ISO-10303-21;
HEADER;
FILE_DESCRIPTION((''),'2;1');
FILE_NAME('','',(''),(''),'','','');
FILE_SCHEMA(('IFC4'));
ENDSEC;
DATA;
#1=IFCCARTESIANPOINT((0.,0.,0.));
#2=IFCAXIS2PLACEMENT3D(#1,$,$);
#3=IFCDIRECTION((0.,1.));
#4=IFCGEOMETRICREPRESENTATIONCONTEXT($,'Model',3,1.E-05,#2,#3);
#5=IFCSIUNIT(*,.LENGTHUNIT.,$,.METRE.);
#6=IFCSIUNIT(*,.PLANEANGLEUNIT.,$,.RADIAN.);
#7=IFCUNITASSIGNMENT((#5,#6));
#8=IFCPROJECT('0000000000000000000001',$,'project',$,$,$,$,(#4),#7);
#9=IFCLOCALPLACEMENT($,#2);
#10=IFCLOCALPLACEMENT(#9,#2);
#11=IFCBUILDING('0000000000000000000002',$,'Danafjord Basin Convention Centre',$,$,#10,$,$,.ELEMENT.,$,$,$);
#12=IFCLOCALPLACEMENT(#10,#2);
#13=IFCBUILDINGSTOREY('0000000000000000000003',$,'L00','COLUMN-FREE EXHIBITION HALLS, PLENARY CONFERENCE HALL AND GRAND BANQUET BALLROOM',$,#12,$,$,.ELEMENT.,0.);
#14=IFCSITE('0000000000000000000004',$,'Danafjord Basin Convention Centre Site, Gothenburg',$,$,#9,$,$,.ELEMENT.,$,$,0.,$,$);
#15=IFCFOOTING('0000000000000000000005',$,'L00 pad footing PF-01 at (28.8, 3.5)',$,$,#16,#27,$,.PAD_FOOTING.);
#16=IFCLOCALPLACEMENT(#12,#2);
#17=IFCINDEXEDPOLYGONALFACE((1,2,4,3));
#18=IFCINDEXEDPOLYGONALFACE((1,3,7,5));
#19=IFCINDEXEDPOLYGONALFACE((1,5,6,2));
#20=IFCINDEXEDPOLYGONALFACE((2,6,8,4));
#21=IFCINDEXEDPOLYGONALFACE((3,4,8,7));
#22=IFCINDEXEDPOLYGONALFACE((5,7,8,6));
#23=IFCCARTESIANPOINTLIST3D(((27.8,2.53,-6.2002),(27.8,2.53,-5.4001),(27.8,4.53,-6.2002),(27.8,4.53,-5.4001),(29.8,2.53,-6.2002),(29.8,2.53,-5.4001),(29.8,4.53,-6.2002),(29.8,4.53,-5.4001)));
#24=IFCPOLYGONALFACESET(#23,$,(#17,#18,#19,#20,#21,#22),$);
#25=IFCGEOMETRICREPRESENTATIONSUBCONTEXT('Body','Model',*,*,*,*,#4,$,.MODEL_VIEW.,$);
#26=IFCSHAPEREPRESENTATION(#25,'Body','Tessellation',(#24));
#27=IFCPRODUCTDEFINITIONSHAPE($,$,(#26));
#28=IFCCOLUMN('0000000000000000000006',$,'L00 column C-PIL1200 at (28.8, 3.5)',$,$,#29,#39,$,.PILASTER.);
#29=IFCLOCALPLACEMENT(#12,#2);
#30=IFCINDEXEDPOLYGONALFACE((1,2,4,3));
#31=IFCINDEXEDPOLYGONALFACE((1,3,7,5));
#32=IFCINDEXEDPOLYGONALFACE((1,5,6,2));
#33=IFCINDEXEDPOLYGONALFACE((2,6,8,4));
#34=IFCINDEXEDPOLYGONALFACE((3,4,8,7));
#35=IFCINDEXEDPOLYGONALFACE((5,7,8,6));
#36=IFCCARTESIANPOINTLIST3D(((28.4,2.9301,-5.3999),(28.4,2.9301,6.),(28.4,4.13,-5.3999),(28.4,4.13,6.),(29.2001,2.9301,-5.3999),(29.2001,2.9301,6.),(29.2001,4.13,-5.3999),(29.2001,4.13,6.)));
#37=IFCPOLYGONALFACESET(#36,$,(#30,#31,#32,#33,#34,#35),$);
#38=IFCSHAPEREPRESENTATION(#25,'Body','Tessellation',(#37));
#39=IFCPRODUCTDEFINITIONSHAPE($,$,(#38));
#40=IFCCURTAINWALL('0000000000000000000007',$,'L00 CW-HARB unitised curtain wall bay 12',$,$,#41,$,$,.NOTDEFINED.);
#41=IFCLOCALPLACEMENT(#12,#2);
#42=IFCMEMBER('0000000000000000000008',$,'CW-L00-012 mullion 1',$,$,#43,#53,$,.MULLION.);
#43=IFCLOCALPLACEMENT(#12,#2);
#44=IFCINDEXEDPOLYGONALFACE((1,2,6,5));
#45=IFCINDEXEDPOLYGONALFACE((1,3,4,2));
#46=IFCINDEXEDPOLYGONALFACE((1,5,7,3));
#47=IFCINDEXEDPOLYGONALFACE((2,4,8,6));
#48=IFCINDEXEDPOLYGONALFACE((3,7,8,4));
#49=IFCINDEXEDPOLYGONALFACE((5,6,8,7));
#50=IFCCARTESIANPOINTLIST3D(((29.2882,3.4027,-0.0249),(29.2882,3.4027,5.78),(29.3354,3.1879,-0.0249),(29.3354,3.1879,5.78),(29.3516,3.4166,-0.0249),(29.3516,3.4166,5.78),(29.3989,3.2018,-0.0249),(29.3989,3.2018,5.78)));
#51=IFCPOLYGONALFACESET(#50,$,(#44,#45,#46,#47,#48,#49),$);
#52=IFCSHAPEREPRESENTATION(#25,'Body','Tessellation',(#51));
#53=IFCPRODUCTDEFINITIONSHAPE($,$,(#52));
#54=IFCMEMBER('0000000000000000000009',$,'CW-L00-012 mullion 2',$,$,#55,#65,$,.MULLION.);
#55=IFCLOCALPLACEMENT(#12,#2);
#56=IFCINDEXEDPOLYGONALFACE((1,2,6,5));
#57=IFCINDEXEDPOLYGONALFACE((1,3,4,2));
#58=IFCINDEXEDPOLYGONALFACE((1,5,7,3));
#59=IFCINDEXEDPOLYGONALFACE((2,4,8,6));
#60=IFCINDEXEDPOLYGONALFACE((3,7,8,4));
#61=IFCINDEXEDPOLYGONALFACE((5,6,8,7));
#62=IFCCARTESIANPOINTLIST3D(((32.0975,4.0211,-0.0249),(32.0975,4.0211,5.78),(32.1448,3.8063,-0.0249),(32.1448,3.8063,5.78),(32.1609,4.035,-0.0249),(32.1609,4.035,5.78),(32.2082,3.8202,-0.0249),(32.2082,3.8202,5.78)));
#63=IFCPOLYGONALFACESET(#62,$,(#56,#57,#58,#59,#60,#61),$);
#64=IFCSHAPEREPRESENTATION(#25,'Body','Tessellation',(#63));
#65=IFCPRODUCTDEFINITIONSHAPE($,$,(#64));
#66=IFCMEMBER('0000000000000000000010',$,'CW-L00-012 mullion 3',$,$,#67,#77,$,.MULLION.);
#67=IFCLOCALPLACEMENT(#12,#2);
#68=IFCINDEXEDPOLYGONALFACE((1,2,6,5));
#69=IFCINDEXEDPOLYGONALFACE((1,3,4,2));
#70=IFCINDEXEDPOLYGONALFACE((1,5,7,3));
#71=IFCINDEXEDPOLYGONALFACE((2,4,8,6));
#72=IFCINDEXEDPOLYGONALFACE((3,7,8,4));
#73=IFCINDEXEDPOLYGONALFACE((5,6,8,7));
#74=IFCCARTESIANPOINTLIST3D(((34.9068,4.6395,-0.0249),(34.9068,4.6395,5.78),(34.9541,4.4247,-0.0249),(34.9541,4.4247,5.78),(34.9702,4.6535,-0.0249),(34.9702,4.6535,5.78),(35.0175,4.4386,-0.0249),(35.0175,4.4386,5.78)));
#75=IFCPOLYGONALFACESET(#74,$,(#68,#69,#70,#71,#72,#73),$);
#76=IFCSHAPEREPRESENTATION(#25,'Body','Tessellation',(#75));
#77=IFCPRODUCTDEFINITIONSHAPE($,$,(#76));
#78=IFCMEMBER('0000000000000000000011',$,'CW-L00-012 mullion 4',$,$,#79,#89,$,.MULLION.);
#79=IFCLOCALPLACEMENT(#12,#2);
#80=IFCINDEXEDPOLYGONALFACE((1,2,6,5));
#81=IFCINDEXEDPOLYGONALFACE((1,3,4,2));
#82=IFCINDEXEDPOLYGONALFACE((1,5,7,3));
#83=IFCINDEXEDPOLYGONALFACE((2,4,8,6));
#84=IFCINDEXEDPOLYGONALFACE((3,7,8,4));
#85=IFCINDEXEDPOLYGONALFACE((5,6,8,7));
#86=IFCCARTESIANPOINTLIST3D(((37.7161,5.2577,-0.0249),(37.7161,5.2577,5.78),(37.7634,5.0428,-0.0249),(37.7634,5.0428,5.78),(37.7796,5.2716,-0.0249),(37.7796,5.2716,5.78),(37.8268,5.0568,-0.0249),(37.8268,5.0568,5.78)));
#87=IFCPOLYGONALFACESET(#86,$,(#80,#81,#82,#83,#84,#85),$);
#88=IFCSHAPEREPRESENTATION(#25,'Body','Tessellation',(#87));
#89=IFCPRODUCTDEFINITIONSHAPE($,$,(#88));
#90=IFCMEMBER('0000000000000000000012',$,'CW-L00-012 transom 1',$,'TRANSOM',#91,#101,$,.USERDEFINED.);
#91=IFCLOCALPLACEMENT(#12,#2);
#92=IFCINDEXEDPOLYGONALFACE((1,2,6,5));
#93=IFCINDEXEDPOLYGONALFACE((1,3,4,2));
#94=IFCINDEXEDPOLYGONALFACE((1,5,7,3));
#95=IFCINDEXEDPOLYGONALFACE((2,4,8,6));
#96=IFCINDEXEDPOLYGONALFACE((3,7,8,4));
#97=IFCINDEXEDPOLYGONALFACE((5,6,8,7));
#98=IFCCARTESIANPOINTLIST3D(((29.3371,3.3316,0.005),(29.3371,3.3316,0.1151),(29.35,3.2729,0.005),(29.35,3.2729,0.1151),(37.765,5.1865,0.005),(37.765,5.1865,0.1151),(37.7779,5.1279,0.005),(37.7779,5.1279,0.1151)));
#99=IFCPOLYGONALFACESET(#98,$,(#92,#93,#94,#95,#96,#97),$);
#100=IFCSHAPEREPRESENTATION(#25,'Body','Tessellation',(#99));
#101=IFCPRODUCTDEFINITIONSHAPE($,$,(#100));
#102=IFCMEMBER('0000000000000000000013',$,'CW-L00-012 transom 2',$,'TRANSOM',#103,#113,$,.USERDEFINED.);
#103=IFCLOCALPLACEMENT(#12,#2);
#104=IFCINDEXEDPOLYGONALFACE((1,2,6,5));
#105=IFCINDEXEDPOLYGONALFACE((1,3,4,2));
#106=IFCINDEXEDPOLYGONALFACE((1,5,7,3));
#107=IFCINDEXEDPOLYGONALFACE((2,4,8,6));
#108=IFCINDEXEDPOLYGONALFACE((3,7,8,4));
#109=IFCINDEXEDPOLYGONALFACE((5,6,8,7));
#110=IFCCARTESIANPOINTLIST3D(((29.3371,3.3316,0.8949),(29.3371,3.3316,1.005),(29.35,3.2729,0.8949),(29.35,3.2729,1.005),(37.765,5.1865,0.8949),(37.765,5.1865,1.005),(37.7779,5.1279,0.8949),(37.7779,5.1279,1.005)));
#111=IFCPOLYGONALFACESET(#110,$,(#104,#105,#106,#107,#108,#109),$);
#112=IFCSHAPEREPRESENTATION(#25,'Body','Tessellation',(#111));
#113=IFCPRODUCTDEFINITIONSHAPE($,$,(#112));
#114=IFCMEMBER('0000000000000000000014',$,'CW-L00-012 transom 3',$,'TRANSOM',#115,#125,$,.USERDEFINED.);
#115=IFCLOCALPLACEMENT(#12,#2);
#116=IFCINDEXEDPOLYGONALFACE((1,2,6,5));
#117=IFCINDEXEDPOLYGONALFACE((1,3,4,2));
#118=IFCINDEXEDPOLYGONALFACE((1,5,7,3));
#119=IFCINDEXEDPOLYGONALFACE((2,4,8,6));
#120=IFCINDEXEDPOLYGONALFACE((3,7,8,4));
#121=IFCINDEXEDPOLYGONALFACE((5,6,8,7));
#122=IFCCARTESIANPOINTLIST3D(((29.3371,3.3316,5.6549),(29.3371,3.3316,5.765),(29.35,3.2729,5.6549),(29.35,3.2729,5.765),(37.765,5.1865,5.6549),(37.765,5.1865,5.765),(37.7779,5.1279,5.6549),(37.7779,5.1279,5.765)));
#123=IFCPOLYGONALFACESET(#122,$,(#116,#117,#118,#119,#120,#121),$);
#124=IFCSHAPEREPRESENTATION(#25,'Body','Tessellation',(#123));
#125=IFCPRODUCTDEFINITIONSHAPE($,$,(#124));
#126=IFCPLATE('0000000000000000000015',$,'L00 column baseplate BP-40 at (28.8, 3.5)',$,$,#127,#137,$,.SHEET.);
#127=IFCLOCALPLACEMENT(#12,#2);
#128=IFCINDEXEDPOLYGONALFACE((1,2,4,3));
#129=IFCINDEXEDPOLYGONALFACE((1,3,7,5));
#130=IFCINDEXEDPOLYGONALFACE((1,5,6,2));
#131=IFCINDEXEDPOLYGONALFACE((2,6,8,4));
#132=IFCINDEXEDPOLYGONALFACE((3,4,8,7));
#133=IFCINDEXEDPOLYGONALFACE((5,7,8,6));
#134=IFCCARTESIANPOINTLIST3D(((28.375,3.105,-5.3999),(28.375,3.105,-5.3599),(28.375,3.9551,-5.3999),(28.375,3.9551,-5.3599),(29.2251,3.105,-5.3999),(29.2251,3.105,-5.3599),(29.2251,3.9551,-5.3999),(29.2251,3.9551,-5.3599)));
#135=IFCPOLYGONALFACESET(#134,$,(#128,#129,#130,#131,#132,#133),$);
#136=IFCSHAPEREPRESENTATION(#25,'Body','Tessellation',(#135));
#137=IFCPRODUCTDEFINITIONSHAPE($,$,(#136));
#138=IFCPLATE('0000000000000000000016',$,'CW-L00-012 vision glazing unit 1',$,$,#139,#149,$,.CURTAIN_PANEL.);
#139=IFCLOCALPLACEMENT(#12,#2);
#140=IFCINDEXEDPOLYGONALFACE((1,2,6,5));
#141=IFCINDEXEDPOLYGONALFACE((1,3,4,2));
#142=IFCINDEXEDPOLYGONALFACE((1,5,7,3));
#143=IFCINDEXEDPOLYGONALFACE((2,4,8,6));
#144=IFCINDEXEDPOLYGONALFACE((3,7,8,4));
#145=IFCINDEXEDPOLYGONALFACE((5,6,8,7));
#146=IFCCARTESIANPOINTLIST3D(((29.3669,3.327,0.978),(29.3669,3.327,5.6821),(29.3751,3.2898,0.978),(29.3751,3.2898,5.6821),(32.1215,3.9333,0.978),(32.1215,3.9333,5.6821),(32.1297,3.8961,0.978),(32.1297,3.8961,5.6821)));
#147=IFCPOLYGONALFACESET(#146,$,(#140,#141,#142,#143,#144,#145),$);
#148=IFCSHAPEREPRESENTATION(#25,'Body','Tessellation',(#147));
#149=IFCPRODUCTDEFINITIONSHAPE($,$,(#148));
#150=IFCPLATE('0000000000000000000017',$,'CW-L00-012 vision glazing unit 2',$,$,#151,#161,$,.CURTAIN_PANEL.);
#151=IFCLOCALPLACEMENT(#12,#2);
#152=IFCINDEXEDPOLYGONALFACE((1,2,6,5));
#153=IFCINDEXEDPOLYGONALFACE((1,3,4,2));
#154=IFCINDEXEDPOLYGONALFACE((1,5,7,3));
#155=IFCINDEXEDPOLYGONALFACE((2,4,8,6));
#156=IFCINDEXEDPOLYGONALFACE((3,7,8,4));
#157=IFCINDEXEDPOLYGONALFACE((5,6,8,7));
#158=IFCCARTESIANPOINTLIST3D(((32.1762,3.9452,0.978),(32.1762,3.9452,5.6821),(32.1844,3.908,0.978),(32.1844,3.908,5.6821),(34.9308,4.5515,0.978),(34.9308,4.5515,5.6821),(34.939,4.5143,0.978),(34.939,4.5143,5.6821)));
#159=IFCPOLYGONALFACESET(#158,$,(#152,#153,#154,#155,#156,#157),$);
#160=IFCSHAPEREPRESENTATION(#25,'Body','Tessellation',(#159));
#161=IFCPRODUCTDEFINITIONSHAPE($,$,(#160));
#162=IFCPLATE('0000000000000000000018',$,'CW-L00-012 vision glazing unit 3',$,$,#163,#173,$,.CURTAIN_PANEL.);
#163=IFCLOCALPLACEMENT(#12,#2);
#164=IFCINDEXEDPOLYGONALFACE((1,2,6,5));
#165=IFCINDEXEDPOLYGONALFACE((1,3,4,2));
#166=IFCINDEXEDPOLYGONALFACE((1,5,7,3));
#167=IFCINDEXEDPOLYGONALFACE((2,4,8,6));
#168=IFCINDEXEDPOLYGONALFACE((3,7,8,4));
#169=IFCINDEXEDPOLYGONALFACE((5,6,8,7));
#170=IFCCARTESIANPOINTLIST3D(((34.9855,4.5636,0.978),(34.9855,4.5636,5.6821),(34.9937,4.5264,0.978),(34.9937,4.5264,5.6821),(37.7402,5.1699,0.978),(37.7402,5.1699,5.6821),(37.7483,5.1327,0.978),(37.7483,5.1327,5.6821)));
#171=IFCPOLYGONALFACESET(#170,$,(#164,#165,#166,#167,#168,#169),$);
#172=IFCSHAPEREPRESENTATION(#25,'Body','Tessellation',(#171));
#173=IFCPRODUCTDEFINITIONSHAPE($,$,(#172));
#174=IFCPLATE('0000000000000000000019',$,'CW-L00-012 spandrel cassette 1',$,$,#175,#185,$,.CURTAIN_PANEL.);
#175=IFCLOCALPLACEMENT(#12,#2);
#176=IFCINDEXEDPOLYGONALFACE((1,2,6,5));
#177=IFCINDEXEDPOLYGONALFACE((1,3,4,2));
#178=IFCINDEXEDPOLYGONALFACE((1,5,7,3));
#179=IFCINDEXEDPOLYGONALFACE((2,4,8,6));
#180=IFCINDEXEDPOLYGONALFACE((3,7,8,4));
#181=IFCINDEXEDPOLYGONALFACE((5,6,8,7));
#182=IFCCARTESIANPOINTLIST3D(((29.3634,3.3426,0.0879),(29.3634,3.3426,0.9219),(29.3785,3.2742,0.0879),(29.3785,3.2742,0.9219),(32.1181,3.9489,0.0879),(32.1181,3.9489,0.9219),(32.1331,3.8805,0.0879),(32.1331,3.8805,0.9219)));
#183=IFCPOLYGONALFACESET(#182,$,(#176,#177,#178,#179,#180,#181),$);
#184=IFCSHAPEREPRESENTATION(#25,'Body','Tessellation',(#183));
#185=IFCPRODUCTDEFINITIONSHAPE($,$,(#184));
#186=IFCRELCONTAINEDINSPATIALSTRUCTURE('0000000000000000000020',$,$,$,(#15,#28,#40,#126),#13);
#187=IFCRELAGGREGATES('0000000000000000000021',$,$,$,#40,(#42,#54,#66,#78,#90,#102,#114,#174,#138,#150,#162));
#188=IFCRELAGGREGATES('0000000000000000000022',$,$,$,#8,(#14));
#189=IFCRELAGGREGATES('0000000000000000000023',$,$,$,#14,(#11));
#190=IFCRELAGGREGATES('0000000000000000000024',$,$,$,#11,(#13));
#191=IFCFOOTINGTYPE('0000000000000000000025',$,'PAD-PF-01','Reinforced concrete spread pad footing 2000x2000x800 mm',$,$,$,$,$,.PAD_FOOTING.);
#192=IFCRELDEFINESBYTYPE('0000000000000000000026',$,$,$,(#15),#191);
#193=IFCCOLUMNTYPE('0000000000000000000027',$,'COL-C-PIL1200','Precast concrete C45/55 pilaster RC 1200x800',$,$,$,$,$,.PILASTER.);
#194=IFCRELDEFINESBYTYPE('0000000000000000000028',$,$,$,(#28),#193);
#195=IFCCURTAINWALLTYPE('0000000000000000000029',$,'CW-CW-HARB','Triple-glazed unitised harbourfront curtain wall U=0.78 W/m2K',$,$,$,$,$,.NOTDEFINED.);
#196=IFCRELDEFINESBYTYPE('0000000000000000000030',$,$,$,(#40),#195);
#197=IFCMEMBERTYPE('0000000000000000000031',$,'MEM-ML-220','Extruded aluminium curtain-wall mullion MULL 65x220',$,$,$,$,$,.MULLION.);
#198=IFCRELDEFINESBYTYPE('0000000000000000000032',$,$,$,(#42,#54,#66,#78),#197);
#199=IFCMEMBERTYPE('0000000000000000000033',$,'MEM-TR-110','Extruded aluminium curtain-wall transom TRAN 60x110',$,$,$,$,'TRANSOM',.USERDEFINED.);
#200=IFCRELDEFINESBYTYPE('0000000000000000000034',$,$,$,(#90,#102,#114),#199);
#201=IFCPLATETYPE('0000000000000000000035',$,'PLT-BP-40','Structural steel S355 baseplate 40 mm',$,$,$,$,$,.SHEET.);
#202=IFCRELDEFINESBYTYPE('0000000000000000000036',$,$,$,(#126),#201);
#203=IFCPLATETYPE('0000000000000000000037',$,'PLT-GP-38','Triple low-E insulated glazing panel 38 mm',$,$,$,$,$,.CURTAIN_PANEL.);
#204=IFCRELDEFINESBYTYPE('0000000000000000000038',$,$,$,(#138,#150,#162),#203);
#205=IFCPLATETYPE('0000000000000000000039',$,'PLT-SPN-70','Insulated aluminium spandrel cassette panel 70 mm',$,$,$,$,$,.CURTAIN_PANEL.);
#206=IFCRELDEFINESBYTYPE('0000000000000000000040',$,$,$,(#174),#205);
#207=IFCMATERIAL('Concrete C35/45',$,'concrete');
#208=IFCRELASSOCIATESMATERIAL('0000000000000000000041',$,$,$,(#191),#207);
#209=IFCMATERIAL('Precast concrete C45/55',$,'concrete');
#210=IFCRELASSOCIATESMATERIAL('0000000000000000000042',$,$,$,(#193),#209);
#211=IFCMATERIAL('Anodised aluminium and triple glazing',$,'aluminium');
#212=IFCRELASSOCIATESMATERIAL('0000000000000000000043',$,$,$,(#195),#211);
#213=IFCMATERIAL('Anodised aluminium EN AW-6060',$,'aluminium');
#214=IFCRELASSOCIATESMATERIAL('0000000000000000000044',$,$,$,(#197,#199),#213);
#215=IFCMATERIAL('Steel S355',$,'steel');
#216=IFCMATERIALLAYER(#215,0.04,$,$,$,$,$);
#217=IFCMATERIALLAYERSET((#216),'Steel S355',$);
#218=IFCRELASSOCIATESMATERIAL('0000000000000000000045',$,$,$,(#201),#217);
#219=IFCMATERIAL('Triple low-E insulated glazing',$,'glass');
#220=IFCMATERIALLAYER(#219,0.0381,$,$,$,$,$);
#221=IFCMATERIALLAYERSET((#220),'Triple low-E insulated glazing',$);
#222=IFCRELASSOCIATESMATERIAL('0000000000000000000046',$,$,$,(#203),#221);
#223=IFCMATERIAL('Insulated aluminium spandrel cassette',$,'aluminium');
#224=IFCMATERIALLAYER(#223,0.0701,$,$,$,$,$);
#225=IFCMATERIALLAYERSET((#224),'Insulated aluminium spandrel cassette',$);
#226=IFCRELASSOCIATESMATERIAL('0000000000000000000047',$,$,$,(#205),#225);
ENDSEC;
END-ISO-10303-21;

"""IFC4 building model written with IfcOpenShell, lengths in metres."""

from ifc_helpers import new_model, si_unit, direction, frame, origin, origin_2d, place, context, subcontext, project, spatial, rectangle, extrude, material, layer, layer_set, material_profile, profile_set, type_object, element, aggregate, save


model = new_model("IFC4")

# Units and contexts
model_context = context("Model", 3, precision=1e-05, world=origin(), true_north=direction((0.0, 1.0)))
body_context = subcontext(model_context, "Body", "Model", "MODEL_VIEW")
ifc_project = project(units=[si_unit("LENGTHUNIT", "METRE"), si_unit("PLANEANGLEUNIT", "RADIAN")], contexts=[model_context])

# Site, building, storey
site_placement = place(None, origin())
site = spatial("IfcSite", under=ifc_project, at=site_placement, Name="Danafjord Basin Convention Centre Site, Gothenburg", CompositionType="ELEMENT", RefElevation=0.0)
building_placement = place(site_placement, origin())
building = spatial("IfcBuilding", under=site, at=building_placement, Name="Danafjord Basin Convention Centre", CompositionType="ELEMENT")
storey_placement = place(building_placement, origin())
storey = spatial("IfcBuildingStorey", under=building, at=storey_placement, Name="L00", Description="COLUMN-FREE EXHIBITION HALLS, PLENARY CONFERENCE HALL AND GRAND BANQUET BALLROOM", CompositionType="ELEMENT", Elevation=0.0)

# Footing
ifc_material_1 = material(Name="Concrete C35/45", Category="concrete")
footing_type = type_object("IfcFootingType", Name="PAD-PF-01", Description="Reinforced concrete spread pad footing 2000x2000x800 mm", PredefinedType="PAD_FOOTING", material=ifc_material_1)
footing_placement = place(storey_placement, frame((28.8, 3.53, -6.2002), z_axis=(0.0, 0.0, 1.0), x_axis=(1.0, 0.0, 0.0)))
element("IfcFooting", 1, at=footing_placement, inside=storey, type_object=footing_type, Name="L00 pad footing PF-01 at (28.8, 3.5)", PredefinedType="PAD_FOOTING", context=body_context, shape_type="SweptSolid", body=[
    extrude(rectangle(XDim=2.0, YDim=2.0, at=origin_2d()), origin(), (0.0, 0.0, 1.0), 0.8),
])

# Column
ifc_material_2 = material(Name="Precast concrete C45/55", Category="concrete")
ifc_material_profile_1 = material_profile(ifc_material_2, rectangle(XDim=0.8, YDim=1.2, at=origin_2d()), Name="RC 1200x800")
ifc_profile_set_1 = profile_set([ifc_material_profile_1], Name="Precast concrete C45/55")
column_type = type_object("IfcColumnType", Name="COL-C-PIL1200", Description="Precast concrete C45/55 pilaster RC 1200x800", PredefinedType="PILASTER", material=ifc_profile_set_1)
column_placement = place(storey_placement, frame((28.8, 3.53, -5.3999), z_axis=(0.0, 0.0, 1.0), x_axis=(1.0, 0.0, 0.0)))
element("IfcColumn", 2, at=column_placement, inside=storey, type_object=column_type, Name="L00 column C-PIL1200 at (28.8, 3.5)", PredefinedType="PILASTER", context=body_context, shape_type="SweptSolid", body=[
    extrude(rectangle(XDim=0.8, YDim=1.2, at=origin_2d()), origin(), (0.0, 0.0, 1.0), 11.3999),
])

# Curtain wall, members
ifc_material_3 = material(Name="Anodised aluminium and triple glazing", Category="aluminium")
curtain_wall_type = type_object("IfcCurtainWallType", Name="CW-CW-HARB", Description="Triple-glazed unitised harbourfront curtain wall U=0.78 W/m2K", PredefinedType="NOTDEFINED", material=ifc_material_3)
curtain_wall_placement = place(storey_placement, origin())
curtain_wall = element("IfcCurtainWall", 3, at=curtain_wall_placement, inside=storey, type_object=curtain_wall_type, Name="L00 CW-HARB unitised curtain wall bay 12", PredefinedType="NOTDEFINED")
ifc_material_4 = material(Name="Anodised aluminium EN AW-6060", Category="aluminium")
ifc_material_profile_2 = material_profile(ifc_material_4, rectangle(XDim=0.0649, YDim=0.22, at=origin_2d()), Name="MULL 65x220")
ifc_profile_set_2 = profile_set([ifc_material_profile_2], Name="Anodised aluminium EN AW-6060")
member_type_1 = type_object("IfcMemberType", Name="MEM-ML-220", Description="Extruded aluminium curtain-wall mullion MULL 65x220", PredefinedType="MULLION", material=ifc_profile_set_2)
member_1_placement = place(storey_placement, frame((29.3435, 3.3022, -0.0249), z_axis=(0.0, 0.0, 1.0), x_axis=(0.976623, 0.214959, 0.0)))
member_1 = element("IfcMember", 4, at=member_1_placement, type_object=member_type_1, Name="CW-L00-012 mullion 1", PredefinedType="MULLION", context=body_context, shape_type="SweptSolid", body=[
    extrude(rectangle(XDim=0.0649, YDim=0.22, at=origin_2d()), origin(), (0.0, 0.0, 1.0), 5.8049),
])
member_2_placement = place(storey_placement, frame((32.1528, 3.9207, -0.0249), z_axis=(0.0, 0.0, 1.0), x_axis=(0.976623, 0.214959, 0.0)))
member_2 = element("IfcMember", 5, at=member_2_placement, type_object=member_type_1, Name="CW-L00-012 mullion 2", PredefinedType="MULLION", context=body_context, shape_type="SweptSolid", body=[
    extrude(rectangle(XDim=0.0649, YDim=0.22, at=origin_2d()), origin(), (0.0, 0.0, 1.0), 5.8049),
])
member_3_placement = place(storey_placement, frame((34.9622, 4.5391, -0.0249), z_axis=(0.0, 0.0, 1.0), x_axis=(0.976623, 0.214959, 0.0)))
member_3 = element("IfcMember", 6, at=member_3_placement, type_object=member_type_1, Name="CW-L00-012 mullion 3", PredefinedType="MULLION", context=body_context, shape_type="SweptSolid", body=[
    extrude(rectangle(XDim=0.0649, YDim=0.22, at=origin_2d()), origin(), (0.0, 0.0, 1.0), 5.8049),
])
member_4_placement = place(storey_placement, frame((37.7715, 5.1572, -0.0249), z_axis=(0.0, 0.0, 1.0), x_axis=(0.976623, 0.214959, 0.0)))
member_4 = element("IfcMember", 7, at=member_4_placement, type_object=member_type_1, Name="CW-L00-012 mullion 4", PredefinedType="MULLION", context=body_context, shape_type="SweptSolid", body=[
    extrude(rectangle(XDim=0.0649, YDim=0.22, at=origin_2d()), origin(), (0.0, 0.0, 1.0), 5.8049),
])
ifc_material_profile_3 = material_profile(ifc_material_4, rectangle(XDim=0.0601, YDim=0.1101, at=origin_2d()), Name="TRAN 60x110")
ifc_profile_set_3 = profile_set([ifc_material_profile_3], Name="Anodised aluminium EN AW-6060")
member_type_2 = type_object("IfcMemberType", Name="MEM-TR-110", Description="Extruded aluminium curtain-wall transom TRAN 60x110", ElementType="TRANSOM", PredefinedType="USERDEFINED", material=ifc_profile_set_3)
member_5_placement = place(storey_placement, frame((29.3435, 3.3022, 0.0601), z_axis=(0.976624, 0.214953, 0.0), x_axis=(-0.214953, 0.976624, 0.0)))
member_5 = element("IfcMember", 8, at=member_5_placement, type_object=member_type_2, Name="CW-L00-012 transom 1", ObjectType="TRANSOM", PredefinedType="USERDEFINED", context=body_context, shape_type="SweptSolid", body=[
    extrude(rectangle(XDim=0.0601, YDim=0.1101, at=origin_2d()), origin(), (0.0, 0.0, 1.0), 8.6296),
])
member_6_placement = place(storey_placement, frame((29.3435, 3.3022, 0.95), z_axis=(0.976624, 0.214953, 0.0), x_axis=(-0.214953, 0.976624, 0.0)))
member_6 = element("IfcMember", 9, at=member_6_placement, type_object=member_type_2, Name="CW-L00-012 transom 2", ObjectType="TRANSOM", PredefinedType="USERDEFINED", context=body_context, shape_type="SweptSolid", body=[
    extrude(rectangle(XDim=0.0601, YDim=0.1101, at=origin_2d()), origin(), (0.0, 0.0, 1.0), 8.6296),
])
member_7_placement = place(storey_placement, frame((29.3435, 3.3022, 5.71), z_axis=(0.976624, 0.214953, 0.0), x_axis=(-0.214953, 0.976624, 0.0)))
member_7 = element("IfcMember", 10, at=member_7_placement, type_object=member_type_2, Name="CW-L00-012 transom 3", ObjectType="TRANSOM", PredefinedType="USERDEFINED", context=body_context, shape_type="SweptSolid", body=[
    extrude(rectangle(XDim=0.0601, YDim=0.1101, at=origin_2d()), origin(), (0.0, 0.0, 1.0), 8.6296),
])

# Plates
ifc_material_5 = material(Name="Steel S355", Category="steel")
ifc_layer_1 = layer(ifc_material_5, 0.04)
ifc_layer_set_1 = layer_set([ifc_layer_1], Name="Steel S355")
plate_type_1 = type_object("IfcPlateType", Name="PLT-BP-40", Description="Structural steel S355 baseplate 40 mm", PredefinedType="SHEET", material=ifc_layer_set_1)
plate_1_placement = place(storey_placement, frame((28.8, 3.53, -5.3999), z_axis=(0.0, 0.0, 1.0), x_axis=(1.0, 0.0, 0.0)))
element("IfcPlate", 11, at=plate_1_placement, inside=storey, type_object=plate_type_1, Name="L00 column baseplate BP-40 at (28.8, 3.5)", PredefinedType="SHEET", context=body_context, shape_type="SweptSolid", body=[
    extrude(rectangle(XDim=0.8501, YDim=0.8501, at=origin_2d()), origin(), (0.0, 0.0, 1.0), 0.04),
])
ifc_material_6 = material(Name="Triple low-E insulated glazing", Category="glass")
ifc_layer_2 = layer(ifc_material_6, 0.0381)
ifc_layer_set_2 = layer_set([ifc_layer_2], Name="Triple low-E insulated glazing")
plate_type_2 = type_object("IfcPlateType", Name="PLT-GP-38", Description="Triple low-E insulated glazing panel 38 mm", PredefinedType="CURTAIN_PANEL", material=ifc_layer_set_2)
plate_2_placement = place(storey_placement, frame((30.7483, 3.6116, 0.978), z_axis=(0.0, 0.0, 1.0), x_axis=(0.976623, 0.214959, 0.0)))
plate_2 = element("IfcPlate", 12, at=plate_2_placement, type_object=plate_type_2, Name="CW-L00-012 vision glazing unit 1", PredefinedType="CURTAIN_PANEL", context=body_context, shape_type="SweptSolid", body=[
    extrude(rectangle(XDim=2.8206, YDim=0.0381, at=origin_2d()), origin(), (0.0, 0.0, 1.0), 4.7041),
])
plate_3_placement = place(storey_placement, frame((33.5576, 4.2297, 0.978), z_axis=(0.0, 0.0, 1.0), x_axis=(0.976623, 0.214959, 0.0)))
plate_3 = element("IfcPlate", 13, at=plate_3_placement, type_object=plate_type_2, Name="CW-L00-012 vision glazing unit 2", PredefinedType="CURTAIN_PANEL", context=body_context, shape_type="SweptSolid", body=[
    extrude(rectangle(XDim=2.8206, YDim=0.0381, at=origin_2d()), origin(), (0.0, 0.0, 1.0), 4.7041),
])
plate_4_placement = place(storey_placement, frame((36.3669, 4.8481, 0.978), z_axis=(0.0, 0.0, 1.0), x_axis=(0.976623, 0.214959, 0.0)))
plate_4 = element("IfcPlate", 14, at=plate_4_placement, type_object=plate_type_2, Name="CW-L00-012 vision glazing unit 3", PredefinedType="CURTAIN_PANEL", context=body_context, shape_type="SweptSolid", body=[
    extrude(rectangle(XDim=2.8206, YDim=0.0381, at=origin_2d()), origin(), (0.0, 0.0, 1.0), 4.7041),
])
ifc_material_7 = material(Name="Insulated aluminium spandrel cassette", Category="aluminium")
ifc_layer_3 = layer(ifc_material_7, 0.0701)
ifc_layer_set_3 = layer_set([ifc_layer_3], Name="Insulated aluminium spandrel cassette")
plate_type_3 = type_object("IfcPlateType", Name="PLT-SPN-70", Description="Insulated aluminium spandrel cassette panel 70 mm", PredefinedType="CURTAIN_PANEL", material=ifc_layer_set_3)
plate_5_placement = place(storey_placement, frame((30.7483, 3.6116, 0.0879), z_axis=(0.0, 0.0, 1.0), x_axis=(0.976623, 0.214959, 0.0)))
plate_5 = element("IfcPlate", 15, at=plate_5_placement, type_object=plate_type_3, Name="CW-L00-012 spandrel cassette 1", PredefinedType="CURTAIN_PANEL", context=body_context, shape_type="SweptSolid", body=[
    extrude(rectangle(XDim=2.8206, YDim=0.0701, at=origin_2d()), origin(), (0.0, 0.0, 1.0), 0.834),
])
aggregate(curtain_wall, [member_1, member_2, member_3, member_4, member_5, member_6, member_7, plate_5, plate_2, plate_3, plate_4])

save(model, "model.ifc")
